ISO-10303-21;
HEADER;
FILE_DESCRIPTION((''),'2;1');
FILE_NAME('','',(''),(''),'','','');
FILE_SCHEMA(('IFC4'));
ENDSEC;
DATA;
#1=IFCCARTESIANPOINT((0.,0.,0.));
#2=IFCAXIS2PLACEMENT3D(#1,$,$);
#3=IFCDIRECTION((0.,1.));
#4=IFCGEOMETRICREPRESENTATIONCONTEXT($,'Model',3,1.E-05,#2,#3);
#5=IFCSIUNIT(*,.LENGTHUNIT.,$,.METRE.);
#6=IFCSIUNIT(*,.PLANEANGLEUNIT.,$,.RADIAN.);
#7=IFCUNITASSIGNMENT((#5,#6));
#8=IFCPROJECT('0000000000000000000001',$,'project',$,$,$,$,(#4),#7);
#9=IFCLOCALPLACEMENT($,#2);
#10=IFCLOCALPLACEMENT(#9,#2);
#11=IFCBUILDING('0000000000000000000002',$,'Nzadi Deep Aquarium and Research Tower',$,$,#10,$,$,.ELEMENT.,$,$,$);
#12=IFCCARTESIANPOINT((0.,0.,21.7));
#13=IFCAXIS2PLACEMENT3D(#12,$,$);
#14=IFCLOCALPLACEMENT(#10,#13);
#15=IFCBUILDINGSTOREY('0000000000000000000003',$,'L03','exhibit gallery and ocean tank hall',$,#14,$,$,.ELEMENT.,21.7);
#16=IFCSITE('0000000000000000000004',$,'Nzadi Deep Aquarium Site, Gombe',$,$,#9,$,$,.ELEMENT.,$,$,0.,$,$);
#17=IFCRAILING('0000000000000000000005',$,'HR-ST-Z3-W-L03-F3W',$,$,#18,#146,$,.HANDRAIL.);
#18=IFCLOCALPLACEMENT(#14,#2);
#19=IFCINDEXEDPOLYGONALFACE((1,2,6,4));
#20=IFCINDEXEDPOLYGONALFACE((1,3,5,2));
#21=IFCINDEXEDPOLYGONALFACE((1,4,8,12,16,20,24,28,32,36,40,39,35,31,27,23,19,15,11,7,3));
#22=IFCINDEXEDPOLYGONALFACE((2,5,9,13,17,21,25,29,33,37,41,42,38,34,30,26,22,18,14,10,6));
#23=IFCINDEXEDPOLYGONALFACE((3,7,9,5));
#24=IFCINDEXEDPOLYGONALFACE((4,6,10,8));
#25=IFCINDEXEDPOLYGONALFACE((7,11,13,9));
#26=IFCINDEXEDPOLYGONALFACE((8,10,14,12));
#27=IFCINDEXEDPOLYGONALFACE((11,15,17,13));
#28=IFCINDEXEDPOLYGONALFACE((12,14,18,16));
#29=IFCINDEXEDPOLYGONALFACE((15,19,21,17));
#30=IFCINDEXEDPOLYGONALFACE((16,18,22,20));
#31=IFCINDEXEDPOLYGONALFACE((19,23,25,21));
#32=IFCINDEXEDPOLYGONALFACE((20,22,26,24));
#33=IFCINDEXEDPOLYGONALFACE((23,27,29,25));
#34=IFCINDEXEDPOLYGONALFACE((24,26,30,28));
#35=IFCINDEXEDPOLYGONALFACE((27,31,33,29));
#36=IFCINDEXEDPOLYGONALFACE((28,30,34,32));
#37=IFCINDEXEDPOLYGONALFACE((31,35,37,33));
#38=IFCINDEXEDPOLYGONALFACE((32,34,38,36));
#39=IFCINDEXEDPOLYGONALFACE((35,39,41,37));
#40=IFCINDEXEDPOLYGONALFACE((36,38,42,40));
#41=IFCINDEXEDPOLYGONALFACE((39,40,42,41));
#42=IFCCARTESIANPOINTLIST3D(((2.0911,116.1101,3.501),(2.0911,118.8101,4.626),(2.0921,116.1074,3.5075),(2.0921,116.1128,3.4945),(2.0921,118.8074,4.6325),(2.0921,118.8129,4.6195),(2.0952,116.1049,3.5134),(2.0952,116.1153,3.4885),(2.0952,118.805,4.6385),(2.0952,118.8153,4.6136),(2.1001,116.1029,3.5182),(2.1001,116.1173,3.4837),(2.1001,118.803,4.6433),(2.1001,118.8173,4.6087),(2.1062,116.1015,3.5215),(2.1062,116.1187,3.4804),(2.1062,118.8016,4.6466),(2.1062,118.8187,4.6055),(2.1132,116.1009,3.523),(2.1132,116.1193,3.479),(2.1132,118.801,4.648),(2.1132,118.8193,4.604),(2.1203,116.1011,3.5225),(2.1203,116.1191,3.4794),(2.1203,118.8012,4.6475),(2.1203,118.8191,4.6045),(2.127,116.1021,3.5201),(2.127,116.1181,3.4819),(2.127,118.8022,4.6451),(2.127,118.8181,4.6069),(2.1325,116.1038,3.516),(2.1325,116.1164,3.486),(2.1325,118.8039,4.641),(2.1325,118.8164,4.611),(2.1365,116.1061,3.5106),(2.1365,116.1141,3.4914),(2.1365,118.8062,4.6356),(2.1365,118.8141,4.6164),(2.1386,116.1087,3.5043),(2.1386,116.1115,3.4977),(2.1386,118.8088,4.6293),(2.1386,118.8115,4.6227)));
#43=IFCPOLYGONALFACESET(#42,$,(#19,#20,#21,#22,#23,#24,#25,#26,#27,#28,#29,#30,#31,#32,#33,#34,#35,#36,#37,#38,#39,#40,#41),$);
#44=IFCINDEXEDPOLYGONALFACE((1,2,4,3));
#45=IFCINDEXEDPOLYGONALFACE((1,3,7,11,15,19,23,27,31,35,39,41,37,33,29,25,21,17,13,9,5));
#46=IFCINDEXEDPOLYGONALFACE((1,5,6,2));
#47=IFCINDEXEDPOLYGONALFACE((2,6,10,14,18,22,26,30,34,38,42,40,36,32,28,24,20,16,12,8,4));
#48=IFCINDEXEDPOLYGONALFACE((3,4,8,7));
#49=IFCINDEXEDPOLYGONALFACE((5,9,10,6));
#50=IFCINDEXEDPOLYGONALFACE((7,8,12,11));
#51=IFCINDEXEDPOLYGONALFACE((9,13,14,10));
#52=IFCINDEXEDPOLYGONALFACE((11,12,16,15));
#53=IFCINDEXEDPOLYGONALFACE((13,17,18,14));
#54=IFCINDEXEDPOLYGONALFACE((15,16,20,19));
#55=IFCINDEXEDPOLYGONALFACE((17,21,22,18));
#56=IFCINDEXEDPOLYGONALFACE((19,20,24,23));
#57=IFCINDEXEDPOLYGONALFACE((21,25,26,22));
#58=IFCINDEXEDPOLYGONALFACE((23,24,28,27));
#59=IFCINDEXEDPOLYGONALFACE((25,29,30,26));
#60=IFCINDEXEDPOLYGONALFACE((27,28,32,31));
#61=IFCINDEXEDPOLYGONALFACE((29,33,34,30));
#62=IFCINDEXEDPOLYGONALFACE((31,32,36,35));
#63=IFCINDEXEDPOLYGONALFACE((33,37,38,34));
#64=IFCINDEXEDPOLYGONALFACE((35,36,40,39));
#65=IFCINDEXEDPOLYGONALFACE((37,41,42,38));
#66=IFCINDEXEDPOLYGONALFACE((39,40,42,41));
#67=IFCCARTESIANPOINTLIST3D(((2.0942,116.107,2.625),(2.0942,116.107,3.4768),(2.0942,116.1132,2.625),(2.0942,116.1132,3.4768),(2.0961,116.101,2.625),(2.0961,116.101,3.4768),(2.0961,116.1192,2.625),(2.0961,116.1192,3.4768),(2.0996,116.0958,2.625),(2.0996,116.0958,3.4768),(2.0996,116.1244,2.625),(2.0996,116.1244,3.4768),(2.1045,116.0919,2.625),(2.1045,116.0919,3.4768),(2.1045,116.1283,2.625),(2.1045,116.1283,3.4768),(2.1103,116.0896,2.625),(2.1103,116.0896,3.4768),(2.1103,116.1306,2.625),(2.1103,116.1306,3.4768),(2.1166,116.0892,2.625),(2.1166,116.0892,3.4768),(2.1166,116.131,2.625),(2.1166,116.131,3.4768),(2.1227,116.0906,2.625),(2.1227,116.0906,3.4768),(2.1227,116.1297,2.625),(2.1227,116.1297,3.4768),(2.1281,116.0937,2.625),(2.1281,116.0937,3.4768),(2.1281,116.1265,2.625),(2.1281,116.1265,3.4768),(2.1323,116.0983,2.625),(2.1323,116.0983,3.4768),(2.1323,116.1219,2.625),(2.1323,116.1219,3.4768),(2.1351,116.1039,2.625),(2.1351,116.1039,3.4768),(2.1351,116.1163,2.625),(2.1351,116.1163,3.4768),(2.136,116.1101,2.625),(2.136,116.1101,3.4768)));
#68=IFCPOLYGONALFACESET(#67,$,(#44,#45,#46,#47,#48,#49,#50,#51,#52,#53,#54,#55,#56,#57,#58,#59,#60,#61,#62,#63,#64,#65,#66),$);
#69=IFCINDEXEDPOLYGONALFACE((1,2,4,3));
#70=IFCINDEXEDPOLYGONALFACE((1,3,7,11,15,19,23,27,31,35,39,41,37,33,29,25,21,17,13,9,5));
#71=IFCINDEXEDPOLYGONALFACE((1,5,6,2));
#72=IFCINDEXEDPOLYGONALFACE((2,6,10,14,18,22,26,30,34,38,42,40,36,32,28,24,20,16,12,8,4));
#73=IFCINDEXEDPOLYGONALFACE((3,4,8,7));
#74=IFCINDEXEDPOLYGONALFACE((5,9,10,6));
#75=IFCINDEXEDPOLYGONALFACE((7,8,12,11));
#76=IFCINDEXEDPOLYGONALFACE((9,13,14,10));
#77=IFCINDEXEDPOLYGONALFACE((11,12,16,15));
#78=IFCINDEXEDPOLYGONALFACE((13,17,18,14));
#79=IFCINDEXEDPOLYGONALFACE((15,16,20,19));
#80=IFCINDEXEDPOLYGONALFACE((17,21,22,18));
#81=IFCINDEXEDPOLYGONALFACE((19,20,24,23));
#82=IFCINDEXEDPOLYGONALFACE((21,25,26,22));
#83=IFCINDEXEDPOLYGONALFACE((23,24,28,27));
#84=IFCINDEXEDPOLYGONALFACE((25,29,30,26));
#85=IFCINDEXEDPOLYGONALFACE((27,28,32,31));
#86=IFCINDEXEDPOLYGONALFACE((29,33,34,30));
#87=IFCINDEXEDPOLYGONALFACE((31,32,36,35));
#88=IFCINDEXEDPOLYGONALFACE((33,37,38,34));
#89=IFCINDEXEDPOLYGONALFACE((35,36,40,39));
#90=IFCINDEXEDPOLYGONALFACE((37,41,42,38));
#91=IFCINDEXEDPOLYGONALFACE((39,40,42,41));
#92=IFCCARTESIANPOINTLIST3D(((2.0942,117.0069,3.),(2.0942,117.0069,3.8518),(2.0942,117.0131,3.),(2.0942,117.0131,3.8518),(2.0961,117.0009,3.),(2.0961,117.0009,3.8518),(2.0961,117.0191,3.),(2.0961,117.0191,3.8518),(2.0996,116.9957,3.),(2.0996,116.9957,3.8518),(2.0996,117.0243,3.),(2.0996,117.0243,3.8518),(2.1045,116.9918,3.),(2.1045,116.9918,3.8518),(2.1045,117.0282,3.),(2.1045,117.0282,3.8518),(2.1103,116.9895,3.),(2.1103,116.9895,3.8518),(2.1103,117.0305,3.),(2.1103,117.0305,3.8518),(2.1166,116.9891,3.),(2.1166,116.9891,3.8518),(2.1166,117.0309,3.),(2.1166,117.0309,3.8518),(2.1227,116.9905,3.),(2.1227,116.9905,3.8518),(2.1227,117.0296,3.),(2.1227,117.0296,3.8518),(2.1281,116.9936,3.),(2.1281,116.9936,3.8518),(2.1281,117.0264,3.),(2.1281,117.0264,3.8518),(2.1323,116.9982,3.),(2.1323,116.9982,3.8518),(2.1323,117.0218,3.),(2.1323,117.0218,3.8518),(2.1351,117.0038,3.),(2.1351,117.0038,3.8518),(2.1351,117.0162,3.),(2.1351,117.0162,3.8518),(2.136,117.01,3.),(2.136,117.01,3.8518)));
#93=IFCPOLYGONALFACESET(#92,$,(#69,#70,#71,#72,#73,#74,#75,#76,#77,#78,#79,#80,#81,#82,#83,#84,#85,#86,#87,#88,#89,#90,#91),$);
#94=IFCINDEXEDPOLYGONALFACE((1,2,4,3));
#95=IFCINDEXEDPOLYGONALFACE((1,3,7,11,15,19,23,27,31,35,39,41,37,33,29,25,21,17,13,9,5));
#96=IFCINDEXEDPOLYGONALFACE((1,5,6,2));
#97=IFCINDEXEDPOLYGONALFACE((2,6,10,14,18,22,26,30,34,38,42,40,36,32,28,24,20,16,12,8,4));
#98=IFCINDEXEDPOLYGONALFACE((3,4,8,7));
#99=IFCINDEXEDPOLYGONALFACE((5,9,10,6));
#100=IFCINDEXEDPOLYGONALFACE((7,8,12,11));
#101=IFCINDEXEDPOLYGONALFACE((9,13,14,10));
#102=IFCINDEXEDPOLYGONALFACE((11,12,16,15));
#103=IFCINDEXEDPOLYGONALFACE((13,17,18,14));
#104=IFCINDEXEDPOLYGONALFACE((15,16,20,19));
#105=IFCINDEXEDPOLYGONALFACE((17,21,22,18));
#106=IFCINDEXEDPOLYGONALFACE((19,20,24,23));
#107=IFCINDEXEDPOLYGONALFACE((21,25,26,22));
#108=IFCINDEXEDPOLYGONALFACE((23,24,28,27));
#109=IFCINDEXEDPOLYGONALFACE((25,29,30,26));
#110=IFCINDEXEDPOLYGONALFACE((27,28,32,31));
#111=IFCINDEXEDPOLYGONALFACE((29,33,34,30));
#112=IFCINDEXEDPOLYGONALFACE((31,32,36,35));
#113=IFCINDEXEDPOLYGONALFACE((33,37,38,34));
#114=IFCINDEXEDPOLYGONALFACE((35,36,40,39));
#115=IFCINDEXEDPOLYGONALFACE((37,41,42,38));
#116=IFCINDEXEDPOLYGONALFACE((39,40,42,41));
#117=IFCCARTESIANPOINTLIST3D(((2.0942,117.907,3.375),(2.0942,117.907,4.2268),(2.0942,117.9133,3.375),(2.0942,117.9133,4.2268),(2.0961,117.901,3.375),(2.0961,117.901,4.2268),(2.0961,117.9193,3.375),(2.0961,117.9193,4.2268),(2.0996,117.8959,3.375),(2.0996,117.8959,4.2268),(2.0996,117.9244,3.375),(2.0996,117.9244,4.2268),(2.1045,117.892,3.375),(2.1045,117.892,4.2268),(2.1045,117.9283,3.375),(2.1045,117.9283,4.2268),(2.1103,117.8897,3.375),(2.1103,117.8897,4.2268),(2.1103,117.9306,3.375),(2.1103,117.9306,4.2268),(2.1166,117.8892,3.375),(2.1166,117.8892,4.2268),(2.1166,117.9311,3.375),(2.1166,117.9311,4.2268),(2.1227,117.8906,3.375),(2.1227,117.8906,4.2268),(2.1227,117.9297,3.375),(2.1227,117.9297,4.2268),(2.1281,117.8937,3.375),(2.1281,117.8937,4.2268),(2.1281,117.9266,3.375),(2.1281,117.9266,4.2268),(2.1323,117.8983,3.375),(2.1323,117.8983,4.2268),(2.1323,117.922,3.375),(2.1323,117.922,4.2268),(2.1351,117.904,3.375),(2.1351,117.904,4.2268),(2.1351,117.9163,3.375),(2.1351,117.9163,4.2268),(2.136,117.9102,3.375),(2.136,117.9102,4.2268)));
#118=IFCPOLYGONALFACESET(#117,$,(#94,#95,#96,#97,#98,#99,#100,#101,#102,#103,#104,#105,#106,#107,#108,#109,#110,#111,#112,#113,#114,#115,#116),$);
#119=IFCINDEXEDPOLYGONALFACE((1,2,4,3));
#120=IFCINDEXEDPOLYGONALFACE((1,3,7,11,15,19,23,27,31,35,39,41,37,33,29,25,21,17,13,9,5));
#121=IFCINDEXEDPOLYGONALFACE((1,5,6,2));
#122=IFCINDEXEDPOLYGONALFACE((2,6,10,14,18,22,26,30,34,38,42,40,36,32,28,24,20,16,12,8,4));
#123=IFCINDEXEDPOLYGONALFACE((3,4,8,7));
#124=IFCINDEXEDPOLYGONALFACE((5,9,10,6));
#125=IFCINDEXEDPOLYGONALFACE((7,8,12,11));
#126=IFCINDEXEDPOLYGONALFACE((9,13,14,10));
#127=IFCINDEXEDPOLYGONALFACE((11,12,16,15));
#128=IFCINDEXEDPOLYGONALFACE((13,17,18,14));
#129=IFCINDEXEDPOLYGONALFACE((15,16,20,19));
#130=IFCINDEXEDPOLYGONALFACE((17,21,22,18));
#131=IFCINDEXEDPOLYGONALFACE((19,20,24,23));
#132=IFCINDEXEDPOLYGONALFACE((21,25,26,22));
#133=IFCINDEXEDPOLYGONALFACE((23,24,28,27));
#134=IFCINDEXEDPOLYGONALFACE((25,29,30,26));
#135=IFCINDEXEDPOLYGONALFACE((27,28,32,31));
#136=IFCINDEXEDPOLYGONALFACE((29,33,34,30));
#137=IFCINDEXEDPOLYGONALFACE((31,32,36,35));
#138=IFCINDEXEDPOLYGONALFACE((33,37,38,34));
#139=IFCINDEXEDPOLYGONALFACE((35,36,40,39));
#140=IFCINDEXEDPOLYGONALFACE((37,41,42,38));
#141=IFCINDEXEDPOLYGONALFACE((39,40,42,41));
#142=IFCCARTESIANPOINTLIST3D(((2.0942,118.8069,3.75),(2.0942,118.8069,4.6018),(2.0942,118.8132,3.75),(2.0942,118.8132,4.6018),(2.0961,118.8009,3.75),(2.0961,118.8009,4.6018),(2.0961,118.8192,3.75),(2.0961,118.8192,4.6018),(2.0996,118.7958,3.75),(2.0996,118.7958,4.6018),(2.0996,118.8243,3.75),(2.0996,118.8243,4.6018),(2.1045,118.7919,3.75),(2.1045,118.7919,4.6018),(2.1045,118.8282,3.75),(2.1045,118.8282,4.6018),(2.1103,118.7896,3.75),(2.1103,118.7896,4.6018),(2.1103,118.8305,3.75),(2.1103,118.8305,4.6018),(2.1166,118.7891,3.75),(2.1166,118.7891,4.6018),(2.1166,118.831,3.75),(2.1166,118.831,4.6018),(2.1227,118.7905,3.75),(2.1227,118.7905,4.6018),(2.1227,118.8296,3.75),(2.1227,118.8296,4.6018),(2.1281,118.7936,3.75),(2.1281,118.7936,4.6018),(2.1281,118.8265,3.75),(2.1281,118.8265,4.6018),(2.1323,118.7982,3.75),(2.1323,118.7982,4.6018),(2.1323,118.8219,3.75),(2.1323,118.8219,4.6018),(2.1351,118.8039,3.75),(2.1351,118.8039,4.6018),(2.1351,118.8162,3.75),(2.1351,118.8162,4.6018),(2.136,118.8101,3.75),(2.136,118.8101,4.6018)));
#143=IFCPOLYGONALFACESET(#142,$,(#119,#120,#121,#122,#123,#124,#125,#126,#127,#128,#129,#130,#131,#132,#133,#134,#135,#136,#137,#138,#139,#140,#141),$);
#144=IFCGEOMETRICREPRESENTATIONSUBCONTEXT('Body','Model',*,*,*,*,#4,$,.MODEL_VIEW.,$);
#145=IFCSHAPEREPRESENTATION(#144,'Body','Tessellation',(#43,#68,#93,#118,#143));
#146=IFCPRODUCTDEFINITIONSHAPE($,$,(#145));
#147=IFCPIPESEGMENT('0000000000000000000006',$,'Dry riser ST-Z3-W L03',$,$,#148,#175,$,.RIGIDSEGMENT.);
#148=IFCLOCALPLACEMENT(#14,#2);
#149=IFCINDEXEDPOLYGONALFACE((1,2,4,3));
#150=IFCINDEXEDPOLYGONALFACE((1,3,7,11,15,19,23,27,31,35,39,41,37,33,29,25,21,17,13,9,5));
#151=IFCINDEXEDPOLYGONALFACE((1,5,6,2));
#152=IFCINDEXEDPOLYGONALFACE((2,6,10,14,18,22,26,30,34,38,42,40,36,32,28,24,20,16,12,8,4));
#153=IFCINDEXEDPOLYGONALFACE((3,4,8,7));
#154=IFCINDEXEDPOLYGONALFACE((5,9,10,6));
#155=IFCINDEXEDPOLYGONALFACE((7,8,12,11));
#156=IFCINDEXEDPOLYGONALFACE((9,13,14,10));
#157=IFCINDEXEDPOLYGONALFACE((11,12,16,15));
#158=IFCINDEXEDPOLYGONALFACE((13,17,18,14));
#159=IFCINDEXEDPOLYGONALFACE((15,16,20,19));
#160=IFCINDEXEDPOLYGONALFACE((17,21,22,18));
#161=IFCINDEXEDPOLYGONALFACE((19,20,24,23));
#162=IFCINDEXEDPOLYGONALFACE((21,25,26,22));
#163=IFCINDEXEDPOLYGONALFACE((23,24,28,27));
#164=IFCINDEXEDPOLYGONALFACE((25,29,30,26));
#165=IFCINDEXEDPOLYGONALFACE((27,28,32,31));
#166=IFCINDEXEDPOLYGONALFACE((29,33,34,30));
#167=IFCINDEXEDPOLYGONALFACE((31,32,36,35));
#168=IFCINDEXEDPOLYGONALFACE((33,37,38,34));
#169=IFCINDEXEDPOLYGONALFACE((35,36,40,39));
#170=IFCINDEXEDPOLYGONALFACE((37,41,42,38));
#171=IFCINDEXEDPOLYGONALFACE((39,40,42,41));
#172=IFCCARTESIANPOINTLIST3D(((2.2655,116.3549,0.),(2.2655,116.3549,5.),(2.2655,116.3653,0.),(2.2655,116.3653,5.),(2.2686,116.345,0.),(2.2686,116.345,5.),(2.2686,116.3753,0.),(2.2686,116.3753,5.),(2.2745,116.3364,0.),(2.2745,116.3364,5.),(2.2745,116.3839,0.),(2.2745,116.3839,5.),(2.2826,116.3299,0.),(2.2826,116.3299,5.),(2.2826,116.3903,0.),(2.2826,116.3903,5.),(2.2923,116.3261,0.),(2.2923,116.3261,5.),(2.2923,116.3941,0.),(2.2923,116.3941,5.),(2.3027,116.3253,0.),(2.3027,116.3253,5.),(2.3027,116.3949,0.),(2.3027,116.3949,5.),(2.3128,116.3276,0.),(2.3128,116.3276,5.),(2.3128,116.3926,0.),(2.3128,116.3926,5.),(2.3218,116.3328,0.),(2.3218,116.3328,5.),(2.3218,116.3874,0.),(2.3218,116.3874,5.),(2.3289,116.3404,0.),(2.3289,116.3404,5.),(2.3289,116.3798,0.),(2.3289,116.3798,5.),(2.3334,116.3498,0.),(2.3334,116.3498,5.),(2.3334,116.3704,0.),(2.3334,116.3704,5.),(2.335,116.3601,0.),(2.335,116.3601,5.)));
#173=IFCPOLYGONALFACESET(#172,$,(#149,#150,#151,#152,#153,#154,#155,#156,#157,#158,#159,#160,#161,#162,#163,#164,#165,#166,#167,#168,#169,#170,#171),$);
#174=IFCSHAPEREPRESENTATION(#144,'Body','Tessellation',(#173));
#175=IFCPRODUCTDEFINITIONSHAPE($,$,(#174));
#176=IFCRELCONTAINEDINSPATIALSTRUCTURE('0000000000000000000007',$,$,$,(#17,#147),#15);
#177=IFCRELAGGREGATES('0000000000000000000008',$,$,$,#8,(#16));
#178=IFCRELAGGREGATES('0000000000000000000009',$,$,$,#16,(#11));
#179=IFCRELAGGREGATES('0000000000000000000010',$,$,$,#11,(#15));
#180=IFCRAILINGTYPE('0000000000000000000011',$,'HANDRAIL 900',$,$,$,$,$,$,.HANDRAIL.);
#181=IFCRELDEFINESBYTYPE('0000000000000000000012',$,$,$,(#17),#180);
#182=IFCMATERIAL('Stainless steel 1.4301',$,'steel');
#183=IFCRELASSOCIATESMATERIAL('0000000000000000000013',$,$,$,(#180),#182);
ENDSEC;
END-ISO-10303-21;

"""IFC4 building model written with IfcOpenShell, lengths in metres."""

from ifc_helpers import new_model, si_unit, direction, frame, origin, origin_2d, place, context, subcontext, project, spatial, circle, extrude, material, type_object, element, save


model = new_model("IFC4")

# Units and contexts
model_context = context("Model", 3, precision=1e-05, world=origin(), true_north=direction((0.0, 1.0)))
body_context = subcontext(model_context, "Body", "Model", "MODEL_VIEW")
ifc_project = project(units=[si_unit("LENGTHUNIT", "METRE"), si_unit("PLANEANGLEUNIT", "RADIAN")], contexts=[model_context])

# Site, building, storey
site_placement = place(None, origin())
site = spatial("IfcSite", under=ifc_project, at=site_placement, Name="Nzadi Deep Aquarium Site, Gombe", CompositionType="ELEMENT", RefElevation=0.0)
building_placement = place(site_placement, origin())
building = spatial("IfcBuilding", under=site, at=building_placement, Name="Nzadi Deep Aquarium and Research Tower", CompositionType="ELEMENT")
storey_placement = place(building_placement, frame((0.0, 0.0, 21.7)))
storey = spatial("IfcBuildingStorey", under=building, at=storey_placement, Name="L03", Description="exhibit gallery and ocean tank hall", CompositionType="ELEMENT", Elevation=21.7)

# Railing
ifc_material_1 = material(Name="Stainless steel 1.4301", Category="steel")
railing_type = type_object("IfcRailingType", Name="HANDRAIL 900", PredefinedType="HANDRAIL", material=ifc_material_1)
for number, where, name in (
    (1, (2.115, 116.1101, 2.625), "HR-ST-Z3-W-L03-F3W"),
):
    element("IfcRailing", number, at=place(storey_placement, frame(where)), inside=storey, type_object=railing_type, Name=name, PredefinedType="HANDRAIL", context=body_context, shape_type="SweptSolid", body=[
        extrude(circle(Radius=0.0239, at=origin_2d()), frame((0.0, 0.0, 0.876), z_axis=(0.0, 0.923074, 0.384621), x_axis=(-1.0, 0.0, 0.0)), (0.0, 0.0, 1.0), 2.925),
        extrude(circle(Radius=0.021, at=origin_2d()), origin(), (0.0, 0.0, 1.0), 0.8518),
        extrude(circle(Radius=0.021, at=origin_2d()), frame((0.0, 0.8999, 0.375)), (0.0, 0.0, 1.0), 0.8518),
        extrude(circle(Radius=0.021, at=origin_2d()), frame((0.0, 1.8, 0.75)), (0.0, 0.0, 1.0), 0.8518),
        extrude(circle(Radius=0.021, at=origin_2d()), frame((0.0, 2.7, 1.125)), (0.0, 0.0, 1.0), 0.8518),
    ])

# Pipe segment
pipe_segment_placement = place(storey_placement, frame((2.3, 116.3601, 0.0), z_axis=(0.0, 0.0, 1.0), x_axis=(1.0, 0.0, 0.0)))
element("IfcPipeSegment", 2, at=pipe_segment_placement, inside=storey, Name="Dry riser ST-Z3-W L03", PredefinedType="RIGIDSEGMENT", context=body_context, shape_type="SweptSolid", body=[
    extrude(circle(Radius=0.0349, at=origin_2d()), origin(), (0.0, 0.0, 1.0), 5.0),
])

save(model, "model.ifc")
